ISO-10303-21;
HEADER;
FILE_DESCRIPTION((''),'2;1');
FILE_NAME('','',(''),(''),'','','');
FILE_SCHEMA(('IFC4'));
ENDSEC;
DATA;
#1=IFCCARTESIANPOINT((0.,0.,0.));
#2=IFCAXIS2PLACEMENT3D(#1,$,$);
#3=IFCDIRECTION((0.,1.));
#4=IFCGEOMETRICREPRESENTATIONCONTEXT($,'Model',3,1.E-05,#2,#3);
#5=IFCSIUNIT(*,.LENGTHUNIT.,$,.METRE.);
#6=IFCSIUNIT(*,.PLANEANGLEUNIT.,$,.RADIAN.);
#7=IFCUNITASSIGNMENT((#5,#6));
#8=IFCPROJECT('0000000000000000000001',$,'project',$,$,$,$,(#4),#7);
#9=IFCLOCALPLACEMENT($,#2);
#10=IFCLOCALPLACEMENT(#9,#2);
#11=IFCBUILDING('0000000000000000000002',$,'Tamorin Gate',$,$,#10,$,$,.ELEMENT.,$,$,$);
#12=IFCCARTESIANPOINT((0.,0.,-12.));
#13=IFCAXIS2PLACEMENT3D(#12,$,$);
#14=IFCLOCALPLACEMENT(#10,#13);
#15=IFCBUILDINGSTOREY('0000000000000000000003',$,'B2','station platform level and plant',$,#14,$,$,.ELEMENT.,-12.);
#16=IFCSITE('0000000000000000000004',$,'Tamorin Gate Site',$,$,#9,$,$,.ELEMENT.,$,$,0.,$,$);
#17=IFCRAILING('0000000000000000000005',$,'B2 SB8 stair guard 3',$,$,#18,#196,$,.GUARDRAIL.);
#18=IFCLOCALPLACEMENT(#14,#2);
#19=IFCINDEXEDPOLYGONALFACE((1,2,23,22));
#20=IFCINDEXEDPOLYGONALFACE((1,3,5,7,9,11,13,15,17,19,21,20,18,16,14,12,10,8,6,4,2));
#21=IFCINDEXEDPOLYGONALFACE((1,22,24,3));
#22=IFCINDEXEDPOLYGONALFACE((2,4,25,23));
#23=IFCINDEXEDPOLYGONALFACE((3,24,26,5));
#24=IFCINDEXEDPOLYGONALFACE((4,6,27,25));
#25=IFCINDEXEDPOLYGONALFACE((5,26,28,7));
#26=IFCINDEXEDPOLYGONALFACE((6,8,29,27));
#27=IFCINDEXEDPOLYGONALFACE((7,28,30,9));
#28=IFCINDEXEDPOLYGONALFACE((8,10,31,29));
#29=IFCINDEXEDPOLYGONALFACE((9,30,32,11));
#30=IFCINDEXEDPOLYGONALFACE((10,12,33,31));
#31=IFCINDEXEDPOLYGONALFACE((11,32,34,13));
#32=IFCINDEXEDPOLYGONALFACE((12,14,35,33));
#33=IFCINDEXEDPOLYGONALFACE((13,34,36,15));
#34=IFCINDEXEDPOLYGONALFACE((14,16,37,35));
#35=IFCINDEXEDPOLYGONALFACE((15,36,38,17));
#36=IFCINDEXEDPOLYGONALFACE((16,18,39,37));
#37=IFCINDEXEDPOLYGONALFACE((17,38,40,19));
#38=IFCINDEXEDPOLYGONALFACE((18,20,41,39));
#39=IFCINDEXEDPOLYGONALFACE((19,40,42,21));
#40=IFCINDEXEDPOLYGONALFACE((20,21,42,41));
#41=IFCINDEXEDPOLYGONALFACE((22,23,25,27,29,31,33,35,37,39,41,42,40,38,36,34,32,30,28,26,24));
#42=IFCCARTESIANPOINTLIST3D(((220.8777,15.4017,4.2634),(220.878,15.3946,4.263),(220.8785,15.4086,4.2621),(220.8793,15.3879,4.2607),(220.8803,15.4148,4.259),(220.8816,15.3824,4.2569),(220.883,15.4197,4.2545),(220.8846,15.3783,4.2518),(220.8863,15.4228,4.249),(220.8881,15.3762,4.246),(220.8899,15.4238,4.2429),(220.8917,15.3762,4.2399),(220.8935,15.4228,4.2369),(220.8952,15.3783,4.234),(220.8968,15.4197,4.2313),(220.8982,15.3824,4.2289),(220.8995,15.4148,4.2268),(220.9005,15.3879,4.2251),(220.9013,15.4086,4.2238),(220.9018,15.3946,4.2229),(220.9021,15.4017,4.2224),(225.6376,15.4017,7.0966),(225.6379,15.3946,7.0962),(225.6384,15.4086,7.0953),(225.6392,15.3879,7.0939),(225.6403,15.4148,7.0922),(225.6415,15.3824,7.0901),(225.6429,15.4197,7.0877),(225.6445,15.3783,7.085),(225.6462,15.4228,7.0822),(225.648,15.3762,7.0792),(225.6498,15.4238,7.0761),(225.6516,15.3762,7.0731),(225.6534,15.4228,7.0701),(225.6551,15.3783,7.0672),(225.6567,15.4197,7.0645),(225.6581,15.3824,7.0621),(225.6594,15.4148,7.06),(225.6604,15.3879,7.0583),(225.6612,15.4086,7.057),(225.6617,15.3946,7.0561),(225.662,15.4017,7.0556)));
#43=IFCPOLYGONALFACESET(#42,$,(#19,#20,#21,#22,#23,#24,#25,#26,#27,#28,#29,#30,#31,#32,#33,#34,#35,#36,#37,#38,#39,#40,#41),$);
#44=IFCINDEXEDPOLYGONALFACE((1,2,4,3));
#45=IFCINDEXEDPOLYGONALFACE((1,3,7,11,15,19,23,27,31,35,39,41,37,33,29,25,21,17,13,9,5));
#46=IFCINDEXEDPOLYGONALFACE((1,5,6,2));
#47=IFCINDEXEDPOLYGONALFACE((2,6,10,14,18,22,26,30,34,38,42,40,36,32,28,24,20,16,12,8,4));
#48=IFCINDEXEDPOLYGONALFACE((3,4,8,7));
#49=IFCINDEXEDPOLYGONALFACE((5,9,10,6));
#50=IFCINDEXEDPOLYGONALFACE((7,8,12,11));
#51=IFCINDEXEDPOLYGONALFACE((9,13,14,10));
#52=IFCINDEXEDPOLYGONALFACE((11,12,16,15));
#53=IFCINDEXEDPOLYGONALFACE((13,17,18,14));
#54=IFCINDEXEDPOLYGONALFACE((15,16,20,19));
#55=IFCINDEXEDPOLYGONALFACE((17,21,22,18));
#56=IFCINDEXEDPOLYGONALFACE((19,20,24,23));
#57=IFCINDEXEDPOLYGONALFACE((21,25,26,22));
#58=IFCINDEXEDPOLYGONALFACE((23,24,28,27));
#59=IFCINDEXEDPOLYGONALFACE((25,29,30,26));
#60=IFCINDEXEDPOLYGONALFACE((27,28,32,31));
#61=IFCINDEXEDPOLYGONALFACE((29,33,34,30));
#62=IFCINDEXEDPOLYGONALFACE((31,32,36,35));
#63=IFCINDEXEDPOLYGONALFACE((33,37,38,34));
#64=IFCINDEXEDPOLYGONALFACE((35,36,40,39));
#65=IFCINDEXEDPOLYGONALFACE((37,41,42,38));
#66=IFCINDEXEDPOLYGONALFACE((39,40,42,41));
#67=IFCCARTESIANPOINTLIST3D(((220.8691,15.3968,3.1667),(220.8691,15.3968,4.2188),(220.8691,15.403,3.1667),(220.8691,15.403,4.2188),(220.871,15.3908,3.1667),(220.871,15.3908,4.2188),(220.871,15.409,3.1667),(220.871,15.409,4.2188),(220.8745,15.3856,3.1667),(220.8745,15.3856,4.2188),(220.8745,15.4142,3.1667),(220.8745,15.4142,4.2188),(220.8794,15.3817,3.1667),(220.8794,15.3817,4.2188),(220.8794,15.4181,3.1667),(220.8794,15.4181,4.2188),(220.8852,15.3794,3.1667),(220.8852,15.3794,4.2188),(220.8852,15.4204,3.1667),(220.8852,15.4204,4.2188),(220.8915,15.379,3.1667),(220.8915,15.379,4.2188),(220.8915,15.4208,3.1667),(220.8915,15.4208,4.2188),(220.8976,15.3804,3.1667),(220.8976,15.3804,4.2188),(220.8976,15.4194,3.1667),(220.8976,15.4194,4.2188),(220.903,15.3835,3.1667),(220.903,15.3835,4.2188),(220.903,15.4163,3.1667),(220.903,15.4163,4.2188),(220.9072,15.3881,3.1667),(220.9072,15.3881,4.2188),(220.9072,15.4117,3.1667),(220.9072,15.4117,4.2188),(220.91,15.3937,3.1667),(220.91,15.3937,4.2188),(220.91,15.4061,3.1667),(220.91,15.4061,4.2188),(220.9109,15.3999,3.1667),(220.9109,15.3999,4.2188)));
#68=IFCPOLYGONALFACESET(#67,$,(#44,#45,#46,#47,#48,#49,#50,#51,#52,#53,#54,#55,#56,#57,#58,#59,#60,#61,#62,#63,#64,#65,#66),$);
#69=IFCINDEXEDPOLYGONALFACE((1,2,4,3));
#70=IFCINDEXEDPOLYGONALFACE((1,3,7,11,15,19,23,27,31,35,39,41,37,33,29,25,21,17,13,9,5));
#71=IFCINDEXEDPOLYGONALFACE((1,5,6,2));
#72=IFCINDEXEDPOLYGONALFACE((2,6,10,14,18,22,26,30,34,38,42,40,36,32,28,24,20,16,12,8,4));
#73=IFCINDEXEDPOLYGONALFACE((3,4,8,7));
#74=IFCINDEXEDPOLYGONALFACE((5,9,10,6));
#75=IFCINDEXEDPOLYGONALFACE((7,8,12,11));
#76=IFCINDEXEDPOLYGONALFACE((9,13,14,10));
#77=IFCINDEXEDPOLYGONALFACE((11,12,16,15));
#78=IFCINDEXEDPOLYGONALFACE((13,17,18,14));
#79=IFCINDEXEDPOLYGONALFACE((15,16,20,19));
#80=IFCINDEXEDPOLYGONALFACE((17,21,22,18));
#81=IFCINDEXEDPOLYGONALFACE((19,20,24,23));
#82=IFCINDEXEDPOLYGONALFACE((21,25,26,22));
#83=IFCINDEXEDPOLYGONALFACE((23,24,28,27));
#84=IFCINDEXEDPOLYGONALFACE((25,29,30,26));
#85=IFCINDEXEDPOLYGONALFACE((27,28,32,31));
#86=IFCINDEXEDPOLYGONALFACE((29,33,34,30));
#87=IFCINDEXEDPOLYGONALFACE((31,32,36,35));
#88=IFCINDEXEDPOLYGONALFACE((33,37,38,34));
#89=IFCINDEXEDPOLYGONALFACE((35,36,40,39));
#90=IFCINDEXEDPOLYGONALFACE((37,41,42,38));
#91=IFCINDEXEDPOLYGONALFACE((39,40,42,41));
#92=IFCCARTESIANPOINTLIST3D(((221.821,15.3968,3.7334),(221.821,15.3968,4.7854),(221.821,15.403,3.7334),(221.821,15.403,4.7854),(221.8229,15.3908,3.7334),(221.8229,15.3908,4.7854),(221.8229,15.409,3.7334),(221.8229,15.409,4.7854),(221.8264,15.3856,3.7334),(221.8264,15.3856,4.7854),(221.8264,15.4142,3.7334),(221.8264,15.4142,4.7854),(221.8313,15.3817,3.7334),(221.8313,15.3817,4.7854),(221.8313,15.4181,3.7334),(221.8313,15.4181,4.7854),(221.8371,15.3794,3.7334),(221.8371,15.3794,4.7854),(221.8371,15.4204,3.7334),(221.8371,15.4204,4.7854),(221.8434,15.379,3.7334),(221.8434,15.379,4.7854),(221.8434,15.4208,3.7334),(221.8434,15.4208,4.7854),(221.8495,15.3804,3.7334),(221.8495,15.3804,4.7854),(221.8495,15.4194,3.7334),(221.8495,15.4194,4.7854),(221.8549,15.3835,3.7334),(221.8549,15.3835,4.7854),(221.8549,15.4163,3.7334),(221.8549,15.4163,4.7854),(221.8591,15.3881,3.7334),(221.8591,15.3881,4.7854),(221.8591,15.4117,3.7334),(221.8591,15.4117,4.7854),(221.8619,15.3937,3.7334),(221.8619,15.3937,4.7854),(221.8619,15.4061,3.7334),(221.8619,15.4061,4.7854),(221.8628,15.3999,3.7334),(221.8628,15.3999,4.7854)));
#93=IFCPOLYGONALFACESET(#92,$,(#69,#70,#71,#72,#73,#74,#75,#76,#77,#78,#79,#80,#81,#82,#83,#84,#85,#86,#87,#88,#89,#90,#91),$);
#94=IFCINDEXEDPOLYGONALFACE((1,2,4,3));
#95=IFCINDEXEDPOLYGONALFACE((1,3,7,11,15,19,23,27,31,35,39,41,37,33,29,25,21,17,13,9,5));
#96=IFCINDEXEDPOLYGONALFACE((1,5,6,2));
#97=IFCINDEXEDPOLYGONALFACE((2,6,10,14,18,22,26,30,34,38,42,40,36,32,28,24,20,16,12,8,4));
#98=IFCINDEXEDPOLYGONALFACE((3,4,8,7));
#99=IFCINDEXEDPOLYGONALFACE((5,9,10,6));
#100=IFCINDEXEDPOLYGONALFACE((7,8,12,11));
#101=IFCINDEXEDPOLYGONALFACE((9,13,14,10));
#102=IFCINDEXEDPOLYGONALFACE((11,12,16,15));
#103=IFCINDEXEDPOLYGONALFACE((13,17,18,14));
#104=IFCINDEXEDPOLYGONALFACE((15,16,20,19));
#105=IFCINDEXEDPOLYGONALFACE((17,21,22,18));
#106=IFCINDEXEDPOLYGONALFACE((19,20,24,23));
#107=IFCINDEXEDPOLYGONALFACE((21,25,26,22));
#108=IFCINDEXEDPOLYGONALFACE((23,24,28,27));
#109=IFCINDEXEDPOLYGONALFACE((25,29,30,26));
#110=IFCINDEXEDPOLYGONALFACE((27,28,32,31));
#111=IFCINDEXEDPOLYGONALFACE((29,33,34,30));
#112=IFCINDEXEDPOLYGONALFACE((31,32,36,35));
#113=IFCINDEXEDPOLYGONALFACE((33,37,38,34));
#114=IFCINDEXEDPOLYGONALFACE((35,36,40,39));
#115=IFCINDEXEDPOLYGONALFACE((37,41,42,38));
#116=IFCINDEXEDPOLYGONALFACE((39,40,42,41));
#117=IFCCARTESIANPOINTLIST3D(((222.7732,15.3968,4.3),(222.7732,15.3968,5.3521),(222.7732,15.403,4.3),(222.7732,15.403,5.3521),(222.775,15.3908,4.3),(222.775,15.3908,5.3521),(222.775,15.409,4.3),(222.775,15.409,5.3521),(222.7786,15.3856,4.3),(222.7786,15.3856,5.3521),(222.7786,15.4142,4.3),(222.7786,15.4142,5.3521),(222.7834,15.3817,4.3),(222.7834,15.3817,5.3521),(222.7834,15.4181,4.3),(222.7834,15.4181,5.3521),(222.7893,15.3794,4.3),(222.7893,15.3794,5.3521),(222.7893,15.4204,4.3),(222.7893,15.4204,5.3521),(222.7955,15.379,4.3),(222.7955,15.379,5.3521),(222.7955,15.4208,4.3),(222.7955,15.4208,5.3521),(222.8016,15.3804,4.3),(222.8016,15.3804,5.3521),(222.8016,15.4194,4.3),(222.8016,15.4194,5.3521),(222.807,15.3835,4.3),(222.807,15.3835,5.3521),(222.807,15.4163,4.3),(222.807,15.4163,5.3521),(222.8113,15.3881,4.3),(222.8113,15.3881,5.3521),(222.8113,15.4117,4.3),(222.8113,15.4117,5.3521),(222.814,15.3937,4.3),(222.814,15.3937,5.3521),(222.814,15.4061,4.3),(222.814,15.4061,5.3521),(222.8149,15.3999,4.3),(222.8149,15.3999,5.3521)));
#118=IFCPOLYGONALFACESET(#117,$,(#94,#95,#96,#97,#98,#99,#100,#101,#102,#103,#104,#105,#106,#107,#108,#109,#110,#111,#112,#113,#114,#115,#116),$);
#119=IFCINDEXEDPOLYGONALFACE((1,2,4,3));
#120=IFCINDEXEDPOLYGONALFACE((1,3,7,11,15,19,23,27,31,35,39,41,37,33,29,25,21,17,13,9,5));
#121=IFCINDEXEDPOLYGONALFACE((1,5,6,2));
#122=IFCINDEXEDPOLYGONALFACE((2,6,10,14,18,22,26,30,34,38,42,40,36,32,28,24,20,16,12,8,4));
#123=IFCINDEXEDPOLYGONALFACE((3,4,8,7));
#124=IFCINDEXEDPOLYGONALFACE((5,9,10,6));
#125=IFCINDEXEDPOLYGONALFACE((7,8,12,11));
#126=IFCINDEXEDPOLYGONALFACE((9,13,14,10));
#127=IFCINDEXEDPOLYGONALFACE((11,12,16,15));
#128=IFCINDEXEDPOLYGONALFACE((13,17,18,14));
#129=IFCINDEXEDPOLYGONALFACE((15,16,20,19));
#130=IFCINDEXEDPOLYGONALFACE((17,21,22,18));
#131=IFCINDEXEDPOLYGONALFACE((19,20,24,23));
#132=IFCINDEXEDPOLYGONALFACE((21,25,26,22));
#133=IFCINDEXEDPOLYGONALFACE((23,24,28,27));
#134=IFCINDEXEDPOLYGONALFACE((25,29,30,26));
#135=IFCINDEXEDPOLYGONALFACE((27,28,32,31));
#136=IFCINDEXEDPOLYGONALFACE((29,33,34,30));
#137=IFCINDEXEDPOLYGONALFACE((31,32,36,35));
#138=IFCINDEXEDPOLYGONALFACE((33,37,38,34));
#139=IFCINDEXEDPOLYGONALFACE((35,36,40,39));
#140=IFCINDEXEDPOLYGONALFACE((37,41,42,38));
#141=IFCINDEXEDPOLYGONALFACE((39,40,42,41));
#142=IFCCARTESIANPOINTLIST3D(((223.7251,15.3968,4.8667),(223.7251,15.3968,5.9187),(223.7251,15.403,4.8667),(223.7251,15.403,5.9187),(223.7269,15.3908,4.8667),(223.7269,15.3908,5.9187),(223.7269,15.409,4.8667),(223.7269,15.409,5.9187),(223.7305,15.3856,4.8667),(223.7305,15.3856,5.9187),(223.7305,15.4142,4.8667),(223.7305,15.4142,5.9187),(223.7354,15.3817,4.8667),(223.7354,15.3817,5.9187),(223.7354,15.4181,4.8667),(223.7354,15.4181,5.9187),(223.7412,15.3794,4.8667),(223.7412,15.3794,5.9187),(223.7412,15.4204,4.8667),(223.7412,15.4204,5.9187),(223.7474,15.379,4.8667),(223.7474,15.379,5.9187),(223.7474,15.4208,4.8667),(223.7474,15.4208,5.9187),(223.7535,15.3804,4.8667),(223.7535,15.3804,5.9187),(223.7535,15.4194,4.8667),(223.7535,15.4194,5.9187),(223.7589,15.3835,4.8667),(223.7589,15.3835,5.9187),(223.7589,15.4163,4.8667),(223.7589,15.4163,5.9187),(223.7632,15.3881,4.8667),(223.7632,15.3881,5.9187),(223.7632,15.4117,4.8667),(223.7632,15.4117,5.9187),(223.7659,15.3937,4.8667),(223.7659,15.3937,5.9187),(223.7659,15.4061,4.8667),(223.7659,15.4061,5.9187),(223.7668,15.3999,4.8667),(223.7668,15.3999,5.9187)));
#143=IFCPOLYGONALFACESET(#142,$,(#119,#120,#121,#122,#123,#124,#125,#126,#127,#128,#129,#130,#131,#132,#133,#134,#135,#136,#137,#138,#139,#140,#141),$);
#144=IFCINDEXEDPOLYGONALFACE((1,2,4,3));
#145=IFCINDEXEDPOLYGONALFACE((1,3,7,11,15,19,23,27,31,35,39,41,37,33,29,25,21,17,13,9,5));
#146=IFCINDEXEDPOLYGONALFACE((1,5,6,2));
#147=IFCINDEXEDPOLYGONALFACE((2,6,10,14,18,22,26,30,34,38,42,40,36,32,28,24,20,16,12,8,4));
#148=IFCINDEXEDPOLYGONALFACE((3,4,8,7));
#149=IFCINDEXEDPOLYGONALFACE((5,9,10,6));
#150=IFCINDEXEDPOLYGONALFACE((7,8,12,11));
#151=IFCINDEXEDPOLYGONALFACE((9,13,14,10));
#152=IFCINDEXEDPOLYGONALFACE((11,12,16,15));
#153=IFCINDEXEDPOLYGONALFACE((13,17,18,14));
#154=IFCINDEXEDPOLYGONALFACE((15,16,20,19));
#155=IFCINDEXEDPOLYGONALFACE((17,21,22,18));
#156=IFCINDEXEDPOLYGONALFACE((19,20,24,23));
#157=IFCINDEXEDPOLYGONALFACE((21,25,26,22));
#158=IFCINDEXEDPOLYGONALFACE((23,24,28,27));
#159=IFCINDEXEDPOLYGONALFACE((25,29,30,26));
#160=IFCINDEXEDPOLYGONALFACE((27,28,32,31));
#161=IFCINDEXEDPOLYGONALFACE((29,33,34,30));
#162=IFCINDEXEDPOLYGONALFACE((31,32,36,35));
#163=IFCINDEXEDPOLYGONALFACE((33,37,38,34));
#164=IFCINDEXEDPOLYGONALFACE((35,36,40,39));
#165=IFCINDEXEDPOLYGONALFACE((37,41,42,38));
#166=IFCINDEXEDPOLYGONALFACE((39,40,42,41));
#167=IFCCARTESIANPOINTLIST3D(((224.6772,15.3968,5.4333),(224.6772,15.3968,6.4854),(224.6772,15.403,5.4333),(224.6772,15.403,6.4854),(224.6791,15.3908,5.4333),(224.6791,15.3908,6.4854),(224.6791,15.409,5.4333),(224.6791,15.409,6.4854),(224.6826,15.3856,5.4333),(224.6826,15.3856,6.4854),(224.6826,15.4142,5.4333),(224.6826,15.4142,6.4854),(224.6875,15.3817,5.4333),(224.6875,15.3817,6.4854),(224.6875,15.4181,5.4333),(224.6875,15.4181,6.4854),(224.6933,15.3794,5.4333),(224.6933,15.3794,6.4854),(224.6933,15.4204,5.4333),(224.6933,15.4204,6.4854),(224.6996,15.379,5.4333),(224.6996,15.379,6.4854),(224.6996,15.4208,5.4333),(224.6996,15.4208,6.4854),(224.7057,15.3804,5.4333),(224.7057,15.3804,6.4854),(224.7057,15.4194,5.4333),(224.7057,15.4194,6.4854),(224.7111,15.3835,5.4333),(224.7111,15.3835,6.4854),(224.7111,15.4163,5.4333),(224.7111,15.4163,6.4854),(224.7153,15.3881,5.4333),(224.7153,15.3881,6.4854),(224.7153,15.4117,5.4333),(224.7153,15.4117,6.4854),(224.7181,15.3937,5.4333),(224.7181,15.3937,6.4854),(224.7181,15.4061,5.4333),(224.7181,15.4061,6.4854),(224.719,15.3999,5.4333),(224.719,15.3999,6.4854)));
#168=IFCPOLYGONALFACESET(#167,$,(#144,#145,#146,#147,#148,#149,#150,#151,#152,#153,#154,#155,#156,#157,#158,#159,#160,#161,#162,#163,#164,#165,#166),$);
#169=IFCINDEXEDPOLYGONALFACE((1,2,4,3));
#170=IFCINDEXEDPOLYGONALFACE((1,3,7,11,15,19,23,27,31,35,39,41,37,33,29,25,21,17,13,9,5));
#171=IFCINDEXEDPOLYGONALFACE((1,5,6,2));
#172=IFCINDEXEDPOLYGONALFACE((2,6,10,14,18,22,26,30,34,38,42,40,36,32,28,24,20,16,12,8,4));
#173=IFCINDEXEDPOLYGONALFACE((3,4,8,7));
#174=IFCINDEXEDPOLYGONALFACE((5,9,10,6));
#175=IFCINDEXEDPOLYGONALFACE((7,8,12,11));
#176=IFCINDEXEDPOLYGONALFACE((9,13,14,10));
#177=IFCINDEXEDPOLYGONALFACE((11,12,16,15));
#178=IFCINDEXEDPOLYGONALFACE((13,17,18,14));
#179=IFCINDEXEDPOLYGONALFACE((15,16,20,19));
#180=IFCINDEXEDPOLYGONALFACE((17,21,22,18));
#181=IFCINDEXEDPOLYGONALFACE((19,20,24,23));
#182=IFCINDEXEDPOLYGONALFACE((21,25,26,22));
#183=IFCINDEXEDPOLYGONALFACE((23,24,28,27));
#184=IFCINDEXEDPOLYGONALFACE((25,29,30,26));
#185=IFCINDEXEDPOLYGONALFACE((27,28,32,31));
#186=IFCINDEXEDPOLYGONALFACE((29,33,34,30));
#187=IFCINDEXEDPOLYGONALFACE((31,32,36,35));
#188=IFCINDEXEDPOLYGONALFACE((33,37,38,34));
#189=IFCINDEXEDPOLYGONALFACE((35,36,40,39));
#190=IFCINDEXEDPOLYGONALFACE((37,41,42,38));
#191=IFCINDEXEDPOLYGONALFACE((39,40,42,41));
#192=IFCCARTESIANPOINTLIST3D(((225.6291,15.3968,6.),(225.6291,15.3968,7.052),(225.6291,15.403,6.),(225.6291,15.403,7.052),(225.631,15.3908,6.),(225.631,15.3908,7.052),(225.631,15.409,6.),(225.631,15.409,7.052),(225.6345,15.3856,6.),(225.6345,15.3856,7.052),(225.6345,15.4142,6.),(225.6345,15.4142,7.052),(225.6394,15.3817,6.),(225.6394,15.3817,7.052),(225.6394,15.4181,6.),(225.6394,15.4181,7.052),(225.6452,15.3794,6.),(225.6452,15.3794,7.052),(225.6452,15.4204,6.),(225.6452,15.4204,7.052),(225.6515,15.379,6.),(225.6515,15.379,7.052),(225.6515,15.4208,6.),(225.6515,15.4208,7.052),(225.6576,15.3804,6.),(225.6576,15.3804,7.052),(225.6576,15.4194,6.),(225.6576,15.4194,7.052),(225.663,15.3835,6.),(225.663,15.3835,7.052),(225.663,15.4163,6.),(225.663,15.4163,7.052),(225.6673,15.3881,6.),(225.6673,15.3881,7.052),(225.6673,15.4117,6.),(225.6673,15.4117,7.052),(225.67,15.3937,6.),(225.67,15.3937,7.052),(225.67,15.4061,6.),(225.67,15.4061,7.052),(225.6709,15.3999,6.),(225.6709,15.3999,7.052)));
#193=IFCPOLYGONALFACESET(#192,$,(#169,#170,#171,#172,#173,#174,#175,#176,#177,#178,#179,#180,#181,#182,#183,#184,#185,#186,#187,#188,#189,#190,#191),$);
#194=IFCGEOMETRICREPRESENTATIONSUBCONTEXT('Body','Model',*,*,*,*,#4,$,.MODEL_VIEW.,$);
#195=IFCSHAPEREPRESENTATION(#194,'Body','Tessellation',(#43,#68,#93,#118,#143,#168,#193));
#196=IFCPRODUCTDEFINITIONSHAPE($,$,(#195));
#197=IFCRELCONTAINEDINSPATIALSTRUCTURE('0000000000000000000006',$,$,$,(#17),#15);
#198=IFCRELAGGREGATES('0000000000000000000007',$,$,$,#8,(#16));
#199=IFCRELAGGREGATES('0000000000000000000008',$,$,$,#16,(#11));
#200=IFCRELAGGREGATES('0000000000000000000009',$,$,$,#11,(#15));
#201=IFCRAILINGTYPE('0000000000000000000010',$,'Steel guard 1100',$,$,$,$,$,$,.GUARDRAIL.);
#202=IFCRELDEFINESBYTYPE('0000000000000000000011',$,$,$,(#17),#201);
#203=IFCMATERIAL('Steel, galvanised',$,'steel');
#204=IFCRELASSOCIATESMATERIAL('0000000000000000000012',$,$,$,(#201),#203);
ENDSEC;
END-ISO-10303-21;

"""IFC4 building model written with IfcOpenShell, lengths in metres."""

from ifc_helpers import new_model, si_unit, direction, frame, origin, origin_2d, place, context, subcontext, project, spatial, circle, extrude, material, type_object, element, save


model = new_model("IFC4")

# Units and contexts
model_context = context("Model", 3, precision=1e-05, world=origin(), true_north=direction((0.0, 1.0)))
body_context = subcontext(model_context, "Body", "Model", "MODEL_VIEW")
ifc_project = project(units=[si_unit("LENGTHUNIT", "METRE"), si_unit("PLANEANGLEUNIT", "RADIAN")], contexts=[model_context])

# Site, building, storey
site_placement = place(None, origin())
site = spatial("IfcSite", under=ifc_project, at=site_placement, Name="Tamorin Gate Site", CompositionType="ELEMENT", RefElevation=0.0)
building_placement = place(site_placement, origin())
building = spatial("IfcBuilding", under=site, at=building_placement, Name="Tamorin Gate", CompositionType="ELEMENT")
storey_placement = place(building_placement, frame((0.0, 0.0, -12.0)))
storey = spatial("IfcBuildingStorey", under=building, at=storey_placement, Name="B2", Description="station platform level and plant", CompositionType="ELEMENT", Elevation=-12.0)

# Railing
ifc_material_1 = material(Name="Steel, galvanised", Category="steel")
railing_type_1 = type_object("IfcRailingType", Name="Steel guard 1100", PredefinedType="GUARDRAIL", material=ifc_material_1)
railing_1_placement = place(storey_placement, frame((220.8899, 15.3999, 3.1667)))
element("IfcRailing", 1, at=railing_1_placement, inside=storey, type_object=railing_type_1, Name="B2 SB8 stair guard 3", PredefinedType="GUARDRAIL", context=body_context, shape_type="SweptSolid", body=[
    extrude(circle(Radius=0.0239, at=origin_2d()), frame((0.0, 0.0, 1.0762), z_axis=(0.8593, 0.0, 0.511472), x_axis=(0.0, 1.0, 0.0)), (0.0, 0.0, 1.0), 5.5393),
    extrude(circle(Radius=0.021, at=origin_2d()), origin(), (0.0, 0.0, 1.0), 1.052),
    extrude(circle(Radius=0.021, at=origin_2d()), frame((0.9519, 0.0, 0.5667)), (0.0, 0.0, 1.0), 1.052),
    extrude(circle(Radius=0.021, at=origin_2d()), frame((1.9041, 0.0, 1.1333)), (0.0, 0.0, 1.0), 1.052),
    extrude(circle(Radius=0.021, at=origin_2d()), frame((2.856, 0.0, 1.7)), (0.0, 0.0, 1.0), 1.052),
    extrude(circle(Radius=0.021, at=origin_2d()), frame((3.8081, 0.0, 2.2666)), (0.0, 0.0, 1.0), 1.052),
    extrude(circle(Radius=0.021, at=origin_2d()), frame((4.76, 0.0, 2.8333)), (0.0, 0.0, 1.0), 1.052),
])

save(model, "model.ifc")
